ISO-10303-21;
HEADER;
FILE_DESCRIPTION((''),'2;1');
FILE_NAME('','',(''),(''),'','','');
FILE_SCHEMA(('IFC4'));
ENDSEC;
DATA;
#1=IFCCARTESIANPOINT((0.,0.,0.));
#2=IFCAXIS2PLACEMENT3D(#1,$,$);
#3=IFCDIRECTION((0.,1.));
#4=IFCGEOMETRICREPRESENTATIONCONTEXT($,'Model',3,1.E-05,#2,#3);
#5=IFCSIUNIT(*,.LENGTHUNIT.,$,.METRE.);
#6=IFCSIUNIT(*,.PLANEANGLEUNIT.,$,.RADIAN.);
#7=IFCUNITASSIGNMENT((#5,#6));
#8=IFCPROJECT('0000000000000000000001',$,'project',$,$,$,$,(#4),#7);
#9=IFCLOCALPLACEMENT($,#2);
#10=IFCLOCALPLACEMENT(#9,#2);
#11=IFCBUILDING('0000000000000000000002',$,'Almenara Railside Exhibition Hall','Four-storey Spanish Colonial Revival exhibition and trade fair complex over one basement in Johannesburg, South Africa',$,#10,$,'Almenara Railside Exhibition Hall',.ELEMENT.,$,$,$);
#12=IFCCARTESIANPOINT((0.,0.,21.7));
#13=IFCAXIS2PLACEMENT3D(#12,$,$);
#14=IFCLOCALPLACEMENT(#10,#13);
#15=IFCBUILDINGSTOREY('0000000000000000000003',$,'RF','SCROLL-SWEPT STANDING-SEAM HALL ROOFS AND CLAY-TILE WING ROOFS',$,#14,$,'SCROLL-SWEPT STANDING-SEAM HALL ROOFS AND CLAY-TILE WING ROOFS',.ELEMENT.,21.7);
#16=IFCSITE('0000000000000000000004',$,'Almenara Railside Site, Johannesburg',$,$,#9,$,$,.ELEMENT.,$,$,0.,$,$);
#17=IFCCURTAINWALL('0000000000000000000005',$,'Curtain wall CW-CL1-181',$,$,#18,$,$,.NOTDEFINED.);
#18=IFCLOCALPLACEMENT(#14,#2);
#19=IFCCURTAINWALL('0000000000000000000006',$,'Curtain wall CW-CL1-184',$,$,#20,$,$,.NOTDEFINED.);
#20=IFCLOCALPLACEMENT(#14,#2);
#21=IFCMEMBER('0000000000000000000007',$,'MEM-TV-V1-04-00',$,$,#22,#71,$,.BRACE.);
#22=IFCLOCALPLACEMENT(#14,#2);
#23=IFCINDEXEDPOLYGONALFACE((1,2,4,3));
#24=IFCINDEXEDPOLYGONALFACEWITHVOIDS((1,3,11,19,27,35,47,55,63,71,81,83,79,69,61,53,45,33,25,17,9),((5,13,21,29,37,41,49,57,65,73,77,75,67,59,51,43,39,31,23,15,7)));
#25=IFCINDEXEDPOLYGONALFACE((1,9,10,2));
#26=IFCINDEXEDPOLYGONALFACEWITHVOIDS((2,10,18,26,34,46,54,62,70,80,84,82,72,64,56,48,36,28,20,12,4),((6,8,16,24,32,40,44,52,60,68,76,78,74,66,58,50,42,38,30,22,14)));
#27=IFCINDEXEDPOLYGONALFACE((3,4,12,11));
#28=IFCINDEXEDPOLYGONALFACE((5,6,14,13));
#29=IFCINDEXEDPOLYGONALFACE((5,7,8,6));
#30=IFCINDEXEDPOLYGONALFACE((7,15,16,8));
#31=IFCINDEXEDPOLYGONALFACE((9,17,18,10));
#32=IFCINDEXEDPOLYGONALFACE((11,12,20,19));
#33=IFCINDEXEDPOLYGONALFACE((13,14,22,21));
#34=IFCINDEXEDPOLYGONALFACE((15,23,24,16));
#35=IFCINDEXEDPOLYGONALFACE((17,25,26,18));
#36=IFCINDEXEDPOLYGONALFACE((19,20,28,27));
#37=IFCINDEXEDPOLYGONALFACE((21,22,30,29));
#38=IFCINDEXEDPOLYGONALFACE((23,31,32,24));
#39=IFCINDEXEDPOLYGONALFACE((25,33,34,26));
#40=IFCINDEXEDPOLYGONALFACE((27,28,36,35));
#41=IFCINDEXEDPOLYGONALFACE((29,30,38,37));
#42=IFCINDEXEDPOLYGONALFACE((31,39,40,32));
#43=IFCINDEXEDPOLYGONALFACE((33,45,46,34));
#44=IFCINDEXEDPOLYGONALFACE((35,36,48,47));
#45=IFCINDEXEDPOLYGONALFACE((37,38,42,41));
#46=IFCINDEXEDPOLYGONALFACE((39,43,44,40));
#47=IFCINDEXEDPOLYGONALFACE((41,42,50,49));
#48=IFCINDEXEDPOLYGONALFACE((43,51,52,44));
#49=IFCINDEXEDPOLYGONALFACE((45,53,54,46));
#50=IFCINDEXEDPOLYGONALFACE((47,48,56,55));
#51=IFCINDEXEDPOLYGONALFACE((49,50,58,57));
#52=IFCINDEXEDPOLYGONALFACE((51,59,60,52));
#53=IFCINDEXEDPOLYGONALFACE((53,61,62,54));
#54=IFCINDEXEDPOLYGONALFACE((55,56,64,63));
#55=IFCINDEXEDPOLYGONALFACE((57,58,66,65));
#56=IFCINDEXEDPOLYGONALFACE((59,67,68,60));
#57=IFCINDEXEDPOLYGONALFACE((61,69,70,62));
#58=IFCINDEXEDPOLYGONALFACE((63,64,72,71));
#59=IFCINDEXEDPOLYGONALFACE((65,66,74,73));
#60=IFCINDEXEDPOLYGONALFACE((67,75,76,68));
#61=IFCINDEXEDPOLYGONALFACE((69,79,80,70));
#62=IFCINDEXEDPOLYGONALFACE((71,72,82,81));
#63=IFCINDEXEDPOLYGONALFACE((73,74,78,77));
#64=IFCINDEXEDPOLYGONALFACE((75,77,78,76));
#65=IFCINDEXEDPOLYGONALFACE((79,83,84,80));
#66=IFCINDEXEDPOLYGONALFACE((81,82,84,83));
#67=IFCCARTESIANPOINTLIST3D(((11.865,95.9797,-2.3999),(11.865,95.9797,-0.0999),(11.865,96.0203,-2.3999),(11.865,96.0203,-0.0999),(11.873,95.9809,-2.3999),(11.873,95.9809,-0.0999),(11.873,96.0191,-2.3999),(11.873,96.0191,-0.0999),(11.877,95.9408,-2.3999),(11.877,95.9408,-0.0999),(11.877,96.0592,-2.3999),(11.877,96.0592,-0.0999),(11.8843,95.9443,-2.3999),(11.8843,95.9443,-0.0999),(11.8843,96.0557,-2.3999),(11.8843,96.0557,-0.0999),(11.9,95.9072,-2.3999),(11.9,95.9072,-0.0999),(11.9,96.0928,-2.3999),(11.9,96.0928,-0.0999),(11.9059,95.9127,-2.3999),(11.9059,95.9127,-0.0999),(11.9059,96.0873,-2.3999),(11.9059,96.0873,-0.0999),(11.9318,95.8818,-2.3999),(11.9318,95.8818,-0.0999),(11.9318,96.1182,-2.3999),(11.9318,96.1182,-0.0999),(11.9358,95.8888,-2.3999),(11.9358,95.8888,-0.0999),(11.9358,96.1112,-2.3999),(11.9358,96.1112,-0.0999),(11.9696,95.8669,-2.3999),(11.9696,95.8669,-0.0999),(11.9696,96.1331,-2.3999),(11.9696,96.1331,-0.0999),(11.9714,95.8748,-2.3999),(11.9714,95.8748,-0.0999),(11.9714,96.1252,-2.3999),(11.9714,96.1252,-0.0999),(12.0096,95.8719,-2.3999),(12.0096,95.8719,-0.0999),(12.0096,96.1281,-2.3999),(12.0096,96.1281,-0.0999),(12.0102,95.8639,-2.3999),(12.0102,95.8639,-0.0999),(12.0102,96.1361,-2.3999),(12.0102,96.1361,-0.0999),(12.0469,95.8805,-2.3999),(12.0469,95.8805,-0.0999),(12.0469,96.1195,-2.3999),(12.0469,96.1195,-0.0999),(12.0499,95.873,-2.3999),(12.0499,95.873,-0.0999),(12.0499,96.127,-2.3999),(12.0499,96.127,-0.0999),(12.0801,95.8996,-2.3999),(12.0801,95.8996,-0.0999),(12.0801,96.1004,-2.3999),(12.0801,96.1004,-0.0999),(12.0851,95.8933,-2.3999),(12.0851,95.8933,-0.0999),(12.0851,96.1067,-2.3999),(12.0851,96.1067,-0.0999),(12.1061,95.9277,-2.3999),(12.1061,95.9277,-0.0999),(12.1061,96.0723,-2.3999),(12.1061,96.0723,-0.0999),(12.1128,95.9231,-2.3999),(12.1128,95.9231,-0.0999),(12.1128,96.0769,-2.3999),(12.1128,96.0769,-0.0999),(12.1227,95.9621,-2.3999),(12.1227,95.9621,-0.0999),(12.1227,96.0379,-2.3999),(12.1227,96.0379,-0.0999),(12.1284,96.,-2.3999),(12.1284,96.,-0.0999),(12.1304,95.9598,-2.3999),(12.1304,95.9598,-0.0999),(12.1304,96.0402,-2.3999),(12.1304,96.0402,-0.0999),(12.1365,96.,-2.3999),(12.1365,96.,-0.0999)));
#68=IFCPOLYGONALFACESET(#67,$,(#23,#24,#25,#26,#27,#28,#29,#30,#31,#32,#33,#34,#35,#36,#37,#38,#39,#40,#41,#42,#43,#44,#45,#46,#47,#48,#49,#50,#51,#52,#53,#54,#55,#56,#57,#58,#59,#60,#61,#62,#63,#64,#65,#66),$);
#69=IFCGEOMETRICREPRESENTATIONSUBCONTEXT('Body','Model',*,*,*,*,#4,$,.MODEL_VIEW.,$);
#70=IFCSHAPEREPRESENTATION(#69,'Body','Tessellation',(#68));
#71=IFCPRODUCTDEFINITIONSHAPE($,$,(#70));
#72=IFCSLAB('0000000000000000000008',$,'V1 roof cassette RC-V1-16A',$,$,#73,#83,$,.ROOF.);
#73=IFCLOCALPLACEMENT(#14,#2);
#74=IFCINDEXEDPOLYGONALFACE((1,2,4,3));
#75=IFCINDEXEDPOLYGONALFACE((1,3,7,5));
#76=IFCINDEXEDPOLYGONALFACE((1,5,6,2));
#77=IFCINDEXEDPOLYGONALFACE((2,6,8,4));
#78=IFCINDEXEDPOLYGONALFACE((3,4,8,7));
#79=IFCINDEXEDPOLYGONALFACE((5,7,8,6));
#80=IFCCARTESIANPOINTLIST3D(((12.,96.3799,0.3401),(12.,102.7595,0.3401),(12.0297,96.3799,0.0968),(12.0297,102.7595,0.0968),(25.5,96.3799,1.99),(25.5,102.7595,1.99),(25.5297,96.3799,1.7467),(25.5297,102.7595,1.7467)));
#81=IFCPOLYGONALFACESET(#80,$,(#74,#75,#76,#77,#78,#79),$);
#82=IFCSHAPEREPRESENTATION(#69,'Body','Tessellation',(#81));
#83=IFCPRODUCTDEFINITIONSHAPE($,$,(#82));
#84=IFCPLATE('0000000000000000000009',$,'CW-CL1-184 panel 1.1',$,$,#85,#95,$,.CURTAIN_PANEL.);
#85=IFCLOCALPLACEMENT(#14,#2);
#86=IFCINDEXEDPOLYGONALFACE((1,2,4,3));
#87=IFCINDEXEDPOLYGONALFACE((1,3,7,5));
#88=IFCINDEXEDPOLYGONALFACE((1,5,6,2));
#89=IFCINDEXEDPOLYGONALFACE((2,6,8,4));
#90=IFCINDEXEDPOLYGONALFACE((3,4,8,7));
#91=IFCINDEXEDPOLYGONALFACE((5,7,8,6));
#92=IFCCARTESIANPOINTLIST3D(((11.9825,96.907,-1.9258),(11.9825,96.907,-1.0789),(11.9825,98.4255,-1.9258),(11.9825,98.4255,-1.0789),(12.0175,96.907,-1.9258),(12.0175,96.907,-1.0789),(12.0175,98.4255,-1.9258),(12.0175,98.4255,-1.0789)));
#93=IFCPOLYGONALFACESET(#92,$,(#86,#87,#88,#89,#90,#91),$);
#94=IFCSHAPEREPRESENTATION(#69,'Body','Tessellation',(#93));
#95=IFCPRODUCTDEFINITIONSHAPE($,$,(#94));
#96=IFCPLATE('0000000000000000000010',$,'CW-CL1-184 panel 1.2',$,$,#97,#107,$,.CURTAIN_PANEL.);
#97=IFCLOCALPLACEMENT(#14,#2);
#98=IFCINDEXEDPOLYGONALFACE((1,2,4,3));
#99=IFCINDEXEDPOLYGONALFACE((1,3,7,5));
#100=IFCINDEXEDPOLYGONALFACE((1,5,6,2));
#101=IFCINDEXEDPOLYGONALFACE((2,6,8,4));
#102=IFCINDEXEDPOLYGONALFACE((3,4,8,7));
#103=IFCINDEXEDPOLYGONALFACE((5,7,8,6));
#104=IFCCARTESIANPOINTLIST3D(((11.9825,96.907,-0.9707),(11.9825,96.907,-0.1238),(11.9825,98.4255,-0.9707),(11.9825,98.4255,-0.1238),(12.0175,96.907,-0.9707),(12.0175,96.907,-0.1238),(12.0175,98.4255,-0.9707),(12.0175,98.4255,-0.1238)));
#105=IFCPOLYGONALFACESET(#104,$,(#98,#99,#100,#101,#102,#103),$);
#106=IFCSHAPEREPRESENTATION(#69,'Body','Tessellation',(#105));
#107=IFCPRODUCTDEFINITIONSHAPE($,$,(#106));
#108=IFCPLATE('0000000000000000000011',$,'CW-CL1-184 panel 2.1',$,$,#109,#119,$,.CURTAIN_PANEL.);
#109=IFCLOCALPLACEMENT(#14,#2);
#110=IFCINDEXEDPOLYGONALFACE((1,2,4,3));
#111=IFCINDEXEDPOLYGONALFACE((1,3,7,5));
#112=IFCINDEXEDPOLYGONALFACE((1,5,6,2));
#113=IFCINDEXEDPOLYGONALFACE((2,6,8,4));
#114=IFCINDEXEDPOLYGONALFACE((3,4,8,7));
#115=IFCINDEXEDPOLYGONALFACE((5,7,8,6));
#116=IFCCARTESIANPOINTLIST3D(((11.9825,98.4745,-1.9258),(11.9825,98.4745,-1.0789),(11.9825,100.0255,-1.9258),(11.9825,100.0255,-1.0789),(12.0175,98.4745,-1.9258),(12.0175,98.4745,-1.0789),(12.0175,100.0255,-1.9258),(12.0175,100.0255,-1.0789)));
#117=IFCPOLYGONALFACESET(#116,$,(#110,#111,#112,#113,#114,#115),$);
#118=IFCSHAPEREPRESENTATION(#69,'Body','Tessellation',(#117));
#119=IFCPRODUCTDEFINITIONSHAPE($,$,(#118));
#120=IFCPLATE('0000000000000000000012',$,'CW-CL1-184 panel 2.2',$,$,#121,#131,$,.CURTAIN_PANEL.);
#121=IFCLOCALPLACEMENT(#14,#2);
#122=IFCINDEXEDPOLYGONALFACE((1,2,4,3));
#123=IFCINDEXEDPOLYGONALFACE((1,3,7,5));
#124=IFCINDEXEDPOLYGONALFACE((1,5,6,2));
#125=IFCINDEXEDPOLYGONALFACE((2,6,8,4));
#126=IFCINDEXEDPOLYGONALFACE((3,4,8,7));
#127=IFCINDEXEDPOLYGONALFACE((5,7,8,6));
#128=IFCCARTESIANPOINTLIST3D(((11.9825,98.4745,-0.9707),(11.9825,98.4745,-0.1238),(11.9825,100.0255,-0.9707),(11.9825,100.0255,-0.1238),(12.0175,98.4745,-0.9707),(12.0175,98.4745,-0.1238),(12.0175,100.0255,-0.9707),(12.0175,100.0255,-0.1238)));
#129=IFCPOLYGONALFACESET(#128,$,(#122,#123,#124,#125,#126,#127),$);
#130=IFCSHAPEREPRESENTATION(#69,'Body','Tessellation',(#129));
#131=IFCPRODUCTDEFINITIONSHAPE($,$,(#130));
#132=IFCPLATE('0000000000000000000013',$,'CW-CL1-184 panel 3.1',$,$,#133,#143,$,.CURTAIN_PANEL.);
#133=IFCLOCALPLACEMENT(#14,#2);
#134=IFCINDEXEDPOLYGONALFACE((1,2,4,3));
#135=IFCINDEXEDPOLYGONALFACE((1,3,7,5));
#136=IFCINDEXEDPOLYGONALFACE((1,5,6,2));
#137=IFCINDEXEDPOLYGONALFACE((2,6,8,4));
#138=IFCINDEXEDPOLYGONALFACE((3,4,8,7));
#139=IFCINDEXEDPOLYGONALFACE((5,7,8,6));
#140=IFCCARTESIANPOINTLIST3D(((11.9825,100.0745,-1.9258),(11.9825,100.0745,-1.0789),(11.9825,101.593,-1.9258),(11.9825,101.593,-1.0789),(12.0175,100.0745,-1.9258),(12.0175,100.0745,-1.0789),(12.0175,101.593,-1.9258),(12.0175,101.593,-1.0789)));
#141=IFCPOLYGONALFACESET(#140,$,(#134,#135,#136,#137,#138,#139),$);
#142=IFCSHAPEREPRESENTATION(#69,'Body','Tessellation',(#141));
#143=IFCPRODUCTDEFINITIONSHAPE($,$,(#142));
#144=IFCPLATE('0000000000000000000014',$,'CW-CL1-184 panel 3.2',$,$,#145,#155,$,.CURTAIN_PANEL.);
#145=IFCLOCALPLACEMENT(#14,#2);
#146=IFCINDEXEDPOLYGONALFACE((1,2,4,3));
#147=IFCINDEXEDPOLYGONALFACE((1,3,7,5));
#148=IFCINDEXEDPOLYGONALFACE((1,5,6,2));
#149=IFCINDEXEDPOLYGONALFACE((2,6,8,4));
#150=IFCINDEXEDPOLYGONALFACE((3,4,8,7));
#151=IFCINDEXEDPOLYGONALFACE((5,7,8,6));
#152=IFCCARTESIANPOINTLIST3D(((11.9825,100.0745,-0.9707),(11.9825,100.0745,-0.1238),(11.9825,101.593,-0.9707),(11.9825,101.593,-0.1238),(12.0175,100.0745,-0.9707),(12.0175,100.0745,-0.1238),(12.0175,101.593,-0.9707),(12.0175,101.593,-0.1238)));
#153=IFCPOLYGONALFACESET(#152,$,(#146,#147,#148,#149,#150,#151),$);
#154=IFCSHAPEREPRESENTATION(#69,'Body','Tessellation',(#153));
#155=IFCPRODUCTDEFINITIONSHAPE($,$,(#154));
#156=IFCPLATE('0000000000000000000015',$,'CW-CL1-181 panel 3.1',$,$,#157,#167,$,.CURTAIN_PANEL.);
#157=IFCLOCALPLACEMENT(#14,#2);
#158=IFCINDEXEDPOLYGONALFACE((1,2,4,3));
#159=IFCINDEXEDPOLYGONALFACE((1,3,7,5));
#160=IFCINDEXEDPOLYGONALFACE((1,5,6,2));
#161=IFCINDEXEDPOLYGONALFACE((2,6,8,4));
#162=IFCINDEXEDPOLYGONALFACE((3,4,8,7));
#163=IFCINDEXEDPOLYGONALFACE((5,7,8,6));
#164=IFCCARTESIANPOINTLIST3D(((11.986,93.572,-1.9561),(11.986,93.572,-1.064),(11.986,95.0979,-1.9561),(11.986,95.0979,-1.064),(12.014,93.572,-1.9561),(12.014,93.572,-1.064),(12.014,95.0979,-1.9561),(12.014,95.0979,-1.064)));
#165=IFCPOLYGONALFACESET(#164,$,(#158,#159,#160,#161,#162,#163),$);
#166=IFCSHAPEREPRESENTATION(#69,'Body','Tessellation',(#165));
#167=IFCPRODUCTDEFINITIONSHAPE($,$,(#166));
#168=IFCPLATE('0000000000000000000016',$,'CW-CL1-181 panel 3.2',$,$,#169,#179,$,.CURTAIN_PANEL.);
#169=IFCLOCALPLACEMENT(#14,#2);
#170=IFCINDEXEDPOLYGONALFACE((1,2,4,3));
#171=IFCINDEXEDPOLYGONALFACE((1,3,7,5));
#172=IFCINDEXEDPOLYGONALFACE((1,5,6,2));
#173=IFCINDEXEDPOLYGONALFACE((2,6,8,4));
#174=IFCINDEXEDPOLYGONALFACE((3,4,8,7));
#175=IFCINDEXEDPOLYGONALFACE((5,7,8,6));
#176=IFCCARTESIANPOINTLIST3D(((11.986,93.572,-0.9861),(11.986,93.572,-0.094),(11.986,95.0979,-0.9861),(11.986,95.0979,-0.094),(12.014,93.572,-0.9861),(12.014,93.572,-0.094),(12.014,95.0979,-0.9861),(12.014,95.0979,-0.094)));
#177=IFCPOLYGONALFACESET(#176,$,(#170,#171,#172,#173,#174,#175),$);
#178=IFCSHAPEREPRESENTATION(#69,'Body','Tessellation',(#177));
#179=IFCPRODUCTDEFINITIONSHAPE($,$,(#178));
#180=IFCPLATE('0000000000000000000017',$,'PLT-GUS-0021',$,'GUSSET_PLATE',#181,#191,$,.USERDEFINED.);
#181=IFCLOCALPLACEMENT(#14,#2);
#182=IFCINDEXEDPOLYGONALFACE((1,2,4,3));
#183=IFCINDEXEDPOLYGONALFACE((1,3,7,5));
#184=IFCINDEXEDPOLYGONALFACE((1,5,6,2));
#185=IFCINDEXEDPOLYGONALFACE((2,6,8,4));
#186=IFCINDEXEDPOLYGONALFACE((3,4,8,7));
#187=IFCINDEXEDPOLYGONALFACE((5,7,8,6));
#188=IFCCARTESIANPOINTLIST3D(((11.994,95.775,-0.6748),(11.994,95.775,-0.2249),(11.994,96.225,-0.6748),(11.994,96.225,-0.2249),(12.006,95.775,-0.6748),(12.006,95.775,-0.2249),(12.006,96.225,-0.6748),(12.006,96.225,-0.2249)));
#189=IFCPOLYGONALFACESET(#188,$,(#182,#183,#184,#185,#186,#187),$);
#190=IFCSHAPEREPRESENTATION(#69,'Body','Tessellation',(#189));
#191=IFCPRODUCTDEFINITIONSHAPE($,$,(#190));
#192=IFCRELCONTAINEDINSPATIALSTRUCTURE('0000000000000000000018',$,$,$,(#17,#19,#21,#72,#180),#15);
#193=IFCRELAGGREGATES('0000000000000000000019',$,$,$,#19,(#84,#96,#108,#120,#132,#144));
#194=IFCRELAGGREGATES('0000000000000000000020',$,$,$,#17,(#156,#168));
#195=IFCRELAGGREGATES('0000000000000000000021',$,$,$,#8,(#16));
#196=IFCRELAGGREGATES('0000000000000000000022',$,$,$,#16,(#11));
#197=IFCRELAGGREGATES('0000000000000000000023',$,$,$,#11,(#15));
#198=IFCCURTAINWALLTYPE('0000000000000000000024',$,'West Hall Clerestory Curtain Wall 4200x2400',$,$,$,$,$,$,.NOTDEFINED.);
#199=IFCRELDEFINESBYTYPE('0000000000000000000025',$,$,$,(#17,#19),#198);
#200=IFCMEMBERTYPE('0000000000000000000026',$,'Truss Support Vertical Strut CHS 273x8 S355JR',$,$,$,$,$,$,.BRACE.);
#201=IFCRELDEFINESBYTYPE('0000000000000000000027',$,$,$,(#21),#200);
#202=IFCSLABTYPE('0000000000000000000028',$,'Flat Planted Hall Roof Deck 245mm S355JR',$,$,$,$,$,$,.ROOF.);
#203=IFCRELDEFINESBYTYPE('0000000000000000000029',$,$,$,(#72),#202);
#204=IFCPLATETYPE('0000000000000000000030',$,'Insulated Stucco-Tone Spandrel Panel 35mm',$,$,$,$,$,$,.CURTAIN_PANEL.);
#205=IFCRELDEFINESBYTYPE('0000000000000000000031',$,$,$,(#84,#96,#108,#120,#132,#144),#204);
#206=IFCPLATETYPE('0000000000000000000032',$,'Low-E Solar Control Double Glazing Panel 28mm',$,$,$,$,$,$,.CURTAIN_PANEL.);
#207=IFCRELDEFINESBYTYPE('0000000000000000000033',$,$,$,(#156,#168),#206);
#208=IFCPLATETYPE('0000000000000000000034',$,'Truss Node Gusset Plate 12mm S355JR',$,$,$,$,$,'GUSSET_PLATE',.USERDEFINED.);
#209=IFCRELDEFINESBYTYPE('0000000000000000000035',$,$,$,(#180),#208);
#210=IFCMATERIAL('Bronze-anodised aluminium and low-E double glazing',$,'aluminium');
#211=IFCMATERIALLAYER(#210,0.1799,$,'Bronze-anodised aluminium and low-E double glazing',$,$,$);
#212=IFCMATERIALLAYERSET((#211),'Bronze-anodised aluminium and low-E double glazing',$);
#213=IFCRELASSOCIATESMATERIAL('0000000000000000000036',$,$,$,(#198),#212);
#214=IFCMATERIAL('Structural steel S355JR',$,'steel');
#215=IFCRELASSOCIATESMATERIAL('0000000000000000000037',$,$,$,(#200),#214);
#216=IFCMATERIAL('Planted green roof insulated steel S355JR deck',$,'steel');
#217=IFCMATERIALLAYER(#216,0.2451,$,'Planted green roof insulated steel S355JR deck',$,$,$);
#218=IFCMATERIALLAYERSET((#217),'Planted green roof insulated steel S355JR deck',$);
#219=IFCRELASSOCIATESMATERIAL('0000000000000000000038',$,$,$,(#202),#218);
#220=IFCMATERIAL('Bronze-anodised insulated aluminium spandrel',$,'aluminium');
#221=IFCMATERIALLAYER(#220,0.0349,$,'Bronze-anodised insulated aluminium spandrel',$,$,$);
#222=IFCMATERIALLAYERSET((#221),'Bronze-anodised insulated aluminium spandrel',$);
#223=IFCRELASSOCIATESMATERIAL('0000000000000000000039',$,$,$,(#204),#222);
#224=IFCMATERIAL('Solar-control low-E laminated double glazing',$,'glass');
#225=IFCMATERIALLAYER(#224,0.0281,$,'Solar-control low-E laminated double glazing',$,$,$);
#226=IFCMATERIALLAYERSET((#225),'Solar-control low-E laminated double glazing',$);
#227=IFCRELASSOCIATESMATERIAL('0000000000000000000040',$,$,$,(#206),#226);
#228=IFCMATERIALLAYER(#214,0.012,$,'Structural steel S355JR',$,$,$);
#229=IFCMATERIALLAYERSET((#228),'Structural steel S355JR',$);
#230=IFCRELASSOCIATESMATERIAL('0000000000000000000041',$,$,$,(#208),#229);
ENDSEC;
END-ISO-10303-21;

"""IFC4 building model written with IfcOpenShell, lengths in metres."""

from ifc_helpers import new_model, si_unit, direction, frame, origin, origin_2d, place, context, subcontext, project, spatial, polyline, rectangle, hollow_circle, outline, extrude, material, layer, layer_set, material_profile, profile_set, type_object, element, aggregate, save


model = new_model("IFC4")

# Units and contexts
model_context = context("Model", 3, precision=1e-05, world=origin(), true_north=direction((0.0, 1.0)))
body_context = subcontext(model_context, "Body", "Model", "MODEL_VIEW")
ifc_project = project(units=[si_unit("LENGTHUNIT", "METRE"), si_unit("PLANEANGLEUNIT", "RADIAN")], contexts=[model_context])

# Site, building, storey
site_placement = place(None, origin())
site = spatial("IfcSite", under=ifc_project, at=site_placement, Name="Almenara Railside Site, Johannesburg", CompositionType="ELEMENT", RefElevation=0.0)
building_placement = place(site_placement, origin())
building = spatial("IfcBuilding", under=site, at=building_placement, Name="Almenara Railside Exhibition Hall", Description="Four-storey Spanish Colonial Revival exhibition and trade fair complex over one basement in Johannesburg, South Africa", LongName="Almenara Railside Exhibition Hall", CompositionType="ELEMENT")
storey_placement = place(building_placement, frame((0.0, 0.0, 21.7)))
storey = spatial("IfcBuildingStorey", under=building, at=storey_placement, Name="RF", Description="SCROLL-SWEPT STANDING-SEAM HALL ROOFS AND CLAY-TILE WING ROOFS", LongName="SCROLL-SWEPT STANDING-SEAM HALL ROOFS AND CLAY-TILE WING ROOFS", CompositionType="ELEMENT", Elevation=21.7)

# Shared definitions
ifc_material_1 = material(Name="Structural steel S355JR", Category="steel")

# Curtain wall
ifc_material_2 = material(Name="Bronze-anodised aluminium and low-E double glazing", Category="aluminium")
ifc_layer_1 = layer(ifc_material_2, 0.1799, Name="Bronze-anodised aluminium and low-E double glazing")
ifc_layer_set_1 = layer_set([ifc_layer_1], Name="Bronze-anodised aluminium and low-E double glazing")
curtain_wall_type = type_object("IfcCurtainWallType", Name="West Hall Clerestory Curtain Wall 4200x2400", PredefinedType="NOTDEFINED", material=ifc_layer_set_1)
curtain_wall_1_placement = place(storey_placement, origin())
curtain_wall_1 = element("IfcCurtainWall", 1, at=curtain_wall_1_placement, inside=storey, type_object=curtain_wall_type, Name="Curtain wall CW-CL1-181", PredefinedType="NOTDEFINED")

# Curtain wall
curtain_wall_2_placement = place(storey_placement, origin())
curtain_wall_2 = element("IfcCurtainWall", 2, at=curtain_wall_2_placement, inside=storey, type_object=curtain_wall_type, Name="Curtain wall CW-CL1-184", PredefinedType="NOTDEFINED")

# Member
ifc_material_profile_1 = material_profile(ifc_material_1, hollow_circle(Radius=0.1365, WallThickness=0.0081, at=origin_2d()), Name="CHS 273x8")
ifc_profile_set_1 = profile_set([ifc_material_profile_1], Name="Structural steel S355JR")
member_type_1 = type_object("IfcMemberType", Name="Truss Support Vertical Strut CHS 273x8 S355JR", PredefinedType="BRACE", material=ifc_profile_set_1)
member_1_placement = place(storey_placement, frame((12.0, 96.0, -2.3999), z_axis=(0.0, 0.0, 1.0), x_axis=(1.0, 0.0, 0.0)))
element("IfcMember", 3, at=member_1_placement, inside=storey, type_object=member_type_1, Name="MEM-TV-V1-04-00", PredefinedType="BRACE", context=body_context, shape_type="SweptSolid", body=[
    extrude(hollow_circle(Radius=0.1365, WallThickness=0.0081, at=origin_2d()), origin(), (0.0, 0.0, 1.0), 2.3),
])

# Slab
ifc_material_3 = material(Name="Planted green roof insulated steel S355JR deck", Category="steel")
ifc_layer_2 = layer(ifc_material_3, 0.2451, Name="Planted green roof insulated steel S355JR deck")
ifc_layer_set_2 = layer_set([ifc_layer_2], Name="Planted green roof insulated steel S355JR deck")
slab_type = type_object("IfcSlabType", Name="Flat Planted Hall Roof Deck 245mm S355JR", PredefinedType="ROOF", material=ifc_layer_set_2)
slab_placement = place(storey_placement, frame((12.0, 96.3799, 0.3401), z_axis=(-0.121312, 0.0, 0.992614), x_axis=(0.992614, 0.0, 0.121312)))
element("IfcSlab", 4, at=slab_placement, inside=storey, type_object=slab_type, Name="V1 roof cassette RC-V1-16A", PredefinedType="ROOF", context=body_context, shape_type="SweptSolid", body=[
    extrude(outline(polyline([(0.0, 0.0), (13.6004, 0.0), (13.6004, 6.3796), (0.0, 6.3796), (0.0, 0.0)])), origin(), (0.0, 0.0, -1.0), 0.2451),
])

# Plates
ifc_material_4 = material(Name="Bronze-anodised insulated aluminium spandrel", Category="aluminium")
ifc_layer_3 = layer(ifc_material_4, 0.0349, Name="Bronze-anodised insulated aluminium spandrel")
ifc_layer_set_3 = layer_set([ifc_layer_3], Name="Bronze-anodised insulated aluminium spandrel")
plate_type_1 = type_object("IfcPlateType", Name="Insulated Stucco-Tone Spandrel Panel 35mm", PredefinedType="CURTAIN_PANEL", material=ifc_layer_set_3)
plate_1_placement = place(storey_placement, frame((12.0, 97.6663, -1.9258), z_axis=(0.0, 0.0, 1.0), x_axis=(0.0, 1.0, 0.0)))
plate_1 = element("IfcPlate", 5, at=plate_1_placement, type_object=plate_type_1, Name="CW-CL1-184 panel 1.1", PredefinedType="CURTAIN_PANEL", context=body_context, shape_type="SweptSolid", body=[
    extrude(rectangle(XDim=1.5186, YDim=0.0349, at=origin_2d()), origin(), (0.0, 0.0, 1.0), 0.8469),
])
plate_2_placement = place(storey_placement, frame((12.0, 97.6663, -0.9707), z_axis=(0.0, 0.0, 1.0), x_axis=(0.0, 1.0, 0.0)))
plate_2 = element("IfcPlate", 6, at=plate_2_placement, type_object=plate_type_1, Name="CW-CL1-184 panel 1.2", PredefinedType="CURTAIN_PANEL", context=body_context, shape_type="SweptSolid", body=[
    extrude(rectangle(XDim=1.5186, YDim=0.0349, at=origin_2d()), origin(), (0.0, 0.0, 1.0), 0.8469),
])
plate_3_placement = place(storey_placement, frame((12.0, 99.25, -1.9258), z_axis=(0.0, 0.0, 1.0), x_axis=(0.0, 1.0, 0.0)))
plate_3 = element("IfcPlate", 7, at=plate_3_placement, type_object=plate_type_1, Name="CW-CL1-184 panel 2.1", PredefinedType="CURTAIN_PANEL", context=body_context, shape_type="SweptSolid", body=[
    extrude(rectangle(XDim=1.551, YDim=0.0349, at=origin_2d()), origin(), (0.0, 0.0, 1.0), 0.8469),
])
plate_4_placement = place(storey_placement, frame((12.0, 99.25, -0.9707), z_axis=(0.0, 0.0, 1.0), x_axis=(0.0, 1.0, 0.0)))
plate_4 = element("IfcPlate", 8, at=plate_4_placement, type_object=plate_type_1, Name="CW-CL1-184 panel 2.2", PredefinedType="CURTAIN_PANEL", context=body_context, shape_type="SweptSolid", body=[
    extrude(rectangle(XDim=1.551, YDim=0.0349, at=origin_2d()), origin(), (0.0, 0.0, 1.0), 0.8469),
])
plate_5_placement = place(storey_placement, frame((12.0, 100.8337, -1.9258), z_axis=(0.0, 0.0, 1.0), x_axis=(0.0, 1.0, 0.0)))
plate_5 = element("IfcPlate", 9, at=plate_5_placement, type_object=plate_type_1, Name="CW-CL1-184 panel 3.1", PredefinedType="CURTAIN_PANEL", context=body_context, shape_type="SweptSolid", body=[
    extrude(rectangle(XDim=1.5186, YDim=0.0349, at=origin_2d()), origin(), (0.0, 0.0, 1.0), 0.8469),
])
plate_6_placement = place(storey_placement, frame((12.0, 100.8337, -0.9707), z_axis=(0.0, 0.0, 1.0), x_axis=(0.0, 1.0, 0.0)))
plate_6 = element("IfcPlate", 10, at=plate_6_placement, type_object=plate_type_1, Name="CW-CL1-184 panel 3.2", PredefinedType="CURTAIN_PANEL", context=body_context, shape_type="SweptSolid", body=[
    extrude(rectangle(XDim=1.5186, YDim=0.0349, at=origin_2d()), origin(), (0.0, 0.0, 1.0), 0.8469),
])
aggregate(curtain_wall_2, [plate_1, plate_2, plate_3, plate_4, plate_5, plate_6])
ifc_material_5 = material(Name="Solar-control low-E laminated double glazing", Category="glass")
ifc_layer_4 = layer(ifc_material_5, 0.0281, Name="Solar-control low-E laminated double glazing")
ifc_layer_set_4 = layer_set([ifc_layer_4], Name="Solar-control low-E laminated double glazing")
plate_type_2 = type_object("IfcPlateType", Name="Low-E Solar Control Double Glazing Panel 28mm", PredefinedType="CURTAIN_PANEL", material=ifc_layer_set_4)
plate_7_placement = place(storey_placement, frame((12.0, 94.335, -1.9561), z_axis=(0.0, 0.0, 1.0), x_axis=(0.0, 1.0, 0.0)))
plate_7 = element("IfcPlate", 11, at=plate_7_placement, type_object=plate_type_2, Name="CW-CL1-181 panel 3.1", PredefinedType="CURTAIN_PANEL", context=body_context, shape_type="SweptSolid", body=[
    extrude(rectangle(XDim=1.5259, YDim=0.0281, at=origin_2d()), origin(), (0.0, 0.0, 1.0), 0.8921),
])
plate_8_placement = place(storey_placement, frame((12.0, 94.335, -0.9861), z_axis=(0.0, 0.0, 1.0), x_axis=(0.0, 1.0, 0.0)))
plate_8 = element("IfcPlate", 12, at=plate_8_placement, type_object=plate_type_2, Name="CW-CL1-181 panel 3.2", PredefinedType="CURTAIN_PANEL", context=body_context, shape_type="SweptSolid", body=[
    extrude(rectangle(XDim=1.5259, YDim=0.0281, at=origin_2d()), origin(), (0.0, 0.0, 1.0), 0.8921),
])
aggregate(curtain_wall_1, [plate_7, plate_8])
ifc_layer_5 = layer(ifc_material_1, 0.012, Name="Structural steel S355JR")
ifc_layer_set_5 = layer_set([ifc_layer_5], Name="Structural steel S355JR")
plate_type_3 = type_object("IfcPlateType", Name="Truss Node Gusset Plate 12mm S355JR", ElementType="GUSSET_PLATE", PredefinedType="USERDEFINED", material=ifc_layer_set_5)
plate_9_placement = place(storey_placement, frame((12.0, 96.0, -0.6748), z_axis=(0.0, 0.0, 1.0), x_axis=(0.0, 1.0, 0.0)))
element("IfcPlate", 13, at=plate_9_placement, inside=storey, type_object=plate_type_3, Name="PLT-GUS-0021", ObjectType="GUSSET_PLATE", PredefinedType="USERDEFINED", context=body_context, shape_type="SweptSolid", body=[
    extrude(rectangle(XDim=0.45, YDim=0.012, at=origin_2d()), origin(), (0.0, 0.0, 1.0), 0.45),
])

save(model, "model.ifc")
